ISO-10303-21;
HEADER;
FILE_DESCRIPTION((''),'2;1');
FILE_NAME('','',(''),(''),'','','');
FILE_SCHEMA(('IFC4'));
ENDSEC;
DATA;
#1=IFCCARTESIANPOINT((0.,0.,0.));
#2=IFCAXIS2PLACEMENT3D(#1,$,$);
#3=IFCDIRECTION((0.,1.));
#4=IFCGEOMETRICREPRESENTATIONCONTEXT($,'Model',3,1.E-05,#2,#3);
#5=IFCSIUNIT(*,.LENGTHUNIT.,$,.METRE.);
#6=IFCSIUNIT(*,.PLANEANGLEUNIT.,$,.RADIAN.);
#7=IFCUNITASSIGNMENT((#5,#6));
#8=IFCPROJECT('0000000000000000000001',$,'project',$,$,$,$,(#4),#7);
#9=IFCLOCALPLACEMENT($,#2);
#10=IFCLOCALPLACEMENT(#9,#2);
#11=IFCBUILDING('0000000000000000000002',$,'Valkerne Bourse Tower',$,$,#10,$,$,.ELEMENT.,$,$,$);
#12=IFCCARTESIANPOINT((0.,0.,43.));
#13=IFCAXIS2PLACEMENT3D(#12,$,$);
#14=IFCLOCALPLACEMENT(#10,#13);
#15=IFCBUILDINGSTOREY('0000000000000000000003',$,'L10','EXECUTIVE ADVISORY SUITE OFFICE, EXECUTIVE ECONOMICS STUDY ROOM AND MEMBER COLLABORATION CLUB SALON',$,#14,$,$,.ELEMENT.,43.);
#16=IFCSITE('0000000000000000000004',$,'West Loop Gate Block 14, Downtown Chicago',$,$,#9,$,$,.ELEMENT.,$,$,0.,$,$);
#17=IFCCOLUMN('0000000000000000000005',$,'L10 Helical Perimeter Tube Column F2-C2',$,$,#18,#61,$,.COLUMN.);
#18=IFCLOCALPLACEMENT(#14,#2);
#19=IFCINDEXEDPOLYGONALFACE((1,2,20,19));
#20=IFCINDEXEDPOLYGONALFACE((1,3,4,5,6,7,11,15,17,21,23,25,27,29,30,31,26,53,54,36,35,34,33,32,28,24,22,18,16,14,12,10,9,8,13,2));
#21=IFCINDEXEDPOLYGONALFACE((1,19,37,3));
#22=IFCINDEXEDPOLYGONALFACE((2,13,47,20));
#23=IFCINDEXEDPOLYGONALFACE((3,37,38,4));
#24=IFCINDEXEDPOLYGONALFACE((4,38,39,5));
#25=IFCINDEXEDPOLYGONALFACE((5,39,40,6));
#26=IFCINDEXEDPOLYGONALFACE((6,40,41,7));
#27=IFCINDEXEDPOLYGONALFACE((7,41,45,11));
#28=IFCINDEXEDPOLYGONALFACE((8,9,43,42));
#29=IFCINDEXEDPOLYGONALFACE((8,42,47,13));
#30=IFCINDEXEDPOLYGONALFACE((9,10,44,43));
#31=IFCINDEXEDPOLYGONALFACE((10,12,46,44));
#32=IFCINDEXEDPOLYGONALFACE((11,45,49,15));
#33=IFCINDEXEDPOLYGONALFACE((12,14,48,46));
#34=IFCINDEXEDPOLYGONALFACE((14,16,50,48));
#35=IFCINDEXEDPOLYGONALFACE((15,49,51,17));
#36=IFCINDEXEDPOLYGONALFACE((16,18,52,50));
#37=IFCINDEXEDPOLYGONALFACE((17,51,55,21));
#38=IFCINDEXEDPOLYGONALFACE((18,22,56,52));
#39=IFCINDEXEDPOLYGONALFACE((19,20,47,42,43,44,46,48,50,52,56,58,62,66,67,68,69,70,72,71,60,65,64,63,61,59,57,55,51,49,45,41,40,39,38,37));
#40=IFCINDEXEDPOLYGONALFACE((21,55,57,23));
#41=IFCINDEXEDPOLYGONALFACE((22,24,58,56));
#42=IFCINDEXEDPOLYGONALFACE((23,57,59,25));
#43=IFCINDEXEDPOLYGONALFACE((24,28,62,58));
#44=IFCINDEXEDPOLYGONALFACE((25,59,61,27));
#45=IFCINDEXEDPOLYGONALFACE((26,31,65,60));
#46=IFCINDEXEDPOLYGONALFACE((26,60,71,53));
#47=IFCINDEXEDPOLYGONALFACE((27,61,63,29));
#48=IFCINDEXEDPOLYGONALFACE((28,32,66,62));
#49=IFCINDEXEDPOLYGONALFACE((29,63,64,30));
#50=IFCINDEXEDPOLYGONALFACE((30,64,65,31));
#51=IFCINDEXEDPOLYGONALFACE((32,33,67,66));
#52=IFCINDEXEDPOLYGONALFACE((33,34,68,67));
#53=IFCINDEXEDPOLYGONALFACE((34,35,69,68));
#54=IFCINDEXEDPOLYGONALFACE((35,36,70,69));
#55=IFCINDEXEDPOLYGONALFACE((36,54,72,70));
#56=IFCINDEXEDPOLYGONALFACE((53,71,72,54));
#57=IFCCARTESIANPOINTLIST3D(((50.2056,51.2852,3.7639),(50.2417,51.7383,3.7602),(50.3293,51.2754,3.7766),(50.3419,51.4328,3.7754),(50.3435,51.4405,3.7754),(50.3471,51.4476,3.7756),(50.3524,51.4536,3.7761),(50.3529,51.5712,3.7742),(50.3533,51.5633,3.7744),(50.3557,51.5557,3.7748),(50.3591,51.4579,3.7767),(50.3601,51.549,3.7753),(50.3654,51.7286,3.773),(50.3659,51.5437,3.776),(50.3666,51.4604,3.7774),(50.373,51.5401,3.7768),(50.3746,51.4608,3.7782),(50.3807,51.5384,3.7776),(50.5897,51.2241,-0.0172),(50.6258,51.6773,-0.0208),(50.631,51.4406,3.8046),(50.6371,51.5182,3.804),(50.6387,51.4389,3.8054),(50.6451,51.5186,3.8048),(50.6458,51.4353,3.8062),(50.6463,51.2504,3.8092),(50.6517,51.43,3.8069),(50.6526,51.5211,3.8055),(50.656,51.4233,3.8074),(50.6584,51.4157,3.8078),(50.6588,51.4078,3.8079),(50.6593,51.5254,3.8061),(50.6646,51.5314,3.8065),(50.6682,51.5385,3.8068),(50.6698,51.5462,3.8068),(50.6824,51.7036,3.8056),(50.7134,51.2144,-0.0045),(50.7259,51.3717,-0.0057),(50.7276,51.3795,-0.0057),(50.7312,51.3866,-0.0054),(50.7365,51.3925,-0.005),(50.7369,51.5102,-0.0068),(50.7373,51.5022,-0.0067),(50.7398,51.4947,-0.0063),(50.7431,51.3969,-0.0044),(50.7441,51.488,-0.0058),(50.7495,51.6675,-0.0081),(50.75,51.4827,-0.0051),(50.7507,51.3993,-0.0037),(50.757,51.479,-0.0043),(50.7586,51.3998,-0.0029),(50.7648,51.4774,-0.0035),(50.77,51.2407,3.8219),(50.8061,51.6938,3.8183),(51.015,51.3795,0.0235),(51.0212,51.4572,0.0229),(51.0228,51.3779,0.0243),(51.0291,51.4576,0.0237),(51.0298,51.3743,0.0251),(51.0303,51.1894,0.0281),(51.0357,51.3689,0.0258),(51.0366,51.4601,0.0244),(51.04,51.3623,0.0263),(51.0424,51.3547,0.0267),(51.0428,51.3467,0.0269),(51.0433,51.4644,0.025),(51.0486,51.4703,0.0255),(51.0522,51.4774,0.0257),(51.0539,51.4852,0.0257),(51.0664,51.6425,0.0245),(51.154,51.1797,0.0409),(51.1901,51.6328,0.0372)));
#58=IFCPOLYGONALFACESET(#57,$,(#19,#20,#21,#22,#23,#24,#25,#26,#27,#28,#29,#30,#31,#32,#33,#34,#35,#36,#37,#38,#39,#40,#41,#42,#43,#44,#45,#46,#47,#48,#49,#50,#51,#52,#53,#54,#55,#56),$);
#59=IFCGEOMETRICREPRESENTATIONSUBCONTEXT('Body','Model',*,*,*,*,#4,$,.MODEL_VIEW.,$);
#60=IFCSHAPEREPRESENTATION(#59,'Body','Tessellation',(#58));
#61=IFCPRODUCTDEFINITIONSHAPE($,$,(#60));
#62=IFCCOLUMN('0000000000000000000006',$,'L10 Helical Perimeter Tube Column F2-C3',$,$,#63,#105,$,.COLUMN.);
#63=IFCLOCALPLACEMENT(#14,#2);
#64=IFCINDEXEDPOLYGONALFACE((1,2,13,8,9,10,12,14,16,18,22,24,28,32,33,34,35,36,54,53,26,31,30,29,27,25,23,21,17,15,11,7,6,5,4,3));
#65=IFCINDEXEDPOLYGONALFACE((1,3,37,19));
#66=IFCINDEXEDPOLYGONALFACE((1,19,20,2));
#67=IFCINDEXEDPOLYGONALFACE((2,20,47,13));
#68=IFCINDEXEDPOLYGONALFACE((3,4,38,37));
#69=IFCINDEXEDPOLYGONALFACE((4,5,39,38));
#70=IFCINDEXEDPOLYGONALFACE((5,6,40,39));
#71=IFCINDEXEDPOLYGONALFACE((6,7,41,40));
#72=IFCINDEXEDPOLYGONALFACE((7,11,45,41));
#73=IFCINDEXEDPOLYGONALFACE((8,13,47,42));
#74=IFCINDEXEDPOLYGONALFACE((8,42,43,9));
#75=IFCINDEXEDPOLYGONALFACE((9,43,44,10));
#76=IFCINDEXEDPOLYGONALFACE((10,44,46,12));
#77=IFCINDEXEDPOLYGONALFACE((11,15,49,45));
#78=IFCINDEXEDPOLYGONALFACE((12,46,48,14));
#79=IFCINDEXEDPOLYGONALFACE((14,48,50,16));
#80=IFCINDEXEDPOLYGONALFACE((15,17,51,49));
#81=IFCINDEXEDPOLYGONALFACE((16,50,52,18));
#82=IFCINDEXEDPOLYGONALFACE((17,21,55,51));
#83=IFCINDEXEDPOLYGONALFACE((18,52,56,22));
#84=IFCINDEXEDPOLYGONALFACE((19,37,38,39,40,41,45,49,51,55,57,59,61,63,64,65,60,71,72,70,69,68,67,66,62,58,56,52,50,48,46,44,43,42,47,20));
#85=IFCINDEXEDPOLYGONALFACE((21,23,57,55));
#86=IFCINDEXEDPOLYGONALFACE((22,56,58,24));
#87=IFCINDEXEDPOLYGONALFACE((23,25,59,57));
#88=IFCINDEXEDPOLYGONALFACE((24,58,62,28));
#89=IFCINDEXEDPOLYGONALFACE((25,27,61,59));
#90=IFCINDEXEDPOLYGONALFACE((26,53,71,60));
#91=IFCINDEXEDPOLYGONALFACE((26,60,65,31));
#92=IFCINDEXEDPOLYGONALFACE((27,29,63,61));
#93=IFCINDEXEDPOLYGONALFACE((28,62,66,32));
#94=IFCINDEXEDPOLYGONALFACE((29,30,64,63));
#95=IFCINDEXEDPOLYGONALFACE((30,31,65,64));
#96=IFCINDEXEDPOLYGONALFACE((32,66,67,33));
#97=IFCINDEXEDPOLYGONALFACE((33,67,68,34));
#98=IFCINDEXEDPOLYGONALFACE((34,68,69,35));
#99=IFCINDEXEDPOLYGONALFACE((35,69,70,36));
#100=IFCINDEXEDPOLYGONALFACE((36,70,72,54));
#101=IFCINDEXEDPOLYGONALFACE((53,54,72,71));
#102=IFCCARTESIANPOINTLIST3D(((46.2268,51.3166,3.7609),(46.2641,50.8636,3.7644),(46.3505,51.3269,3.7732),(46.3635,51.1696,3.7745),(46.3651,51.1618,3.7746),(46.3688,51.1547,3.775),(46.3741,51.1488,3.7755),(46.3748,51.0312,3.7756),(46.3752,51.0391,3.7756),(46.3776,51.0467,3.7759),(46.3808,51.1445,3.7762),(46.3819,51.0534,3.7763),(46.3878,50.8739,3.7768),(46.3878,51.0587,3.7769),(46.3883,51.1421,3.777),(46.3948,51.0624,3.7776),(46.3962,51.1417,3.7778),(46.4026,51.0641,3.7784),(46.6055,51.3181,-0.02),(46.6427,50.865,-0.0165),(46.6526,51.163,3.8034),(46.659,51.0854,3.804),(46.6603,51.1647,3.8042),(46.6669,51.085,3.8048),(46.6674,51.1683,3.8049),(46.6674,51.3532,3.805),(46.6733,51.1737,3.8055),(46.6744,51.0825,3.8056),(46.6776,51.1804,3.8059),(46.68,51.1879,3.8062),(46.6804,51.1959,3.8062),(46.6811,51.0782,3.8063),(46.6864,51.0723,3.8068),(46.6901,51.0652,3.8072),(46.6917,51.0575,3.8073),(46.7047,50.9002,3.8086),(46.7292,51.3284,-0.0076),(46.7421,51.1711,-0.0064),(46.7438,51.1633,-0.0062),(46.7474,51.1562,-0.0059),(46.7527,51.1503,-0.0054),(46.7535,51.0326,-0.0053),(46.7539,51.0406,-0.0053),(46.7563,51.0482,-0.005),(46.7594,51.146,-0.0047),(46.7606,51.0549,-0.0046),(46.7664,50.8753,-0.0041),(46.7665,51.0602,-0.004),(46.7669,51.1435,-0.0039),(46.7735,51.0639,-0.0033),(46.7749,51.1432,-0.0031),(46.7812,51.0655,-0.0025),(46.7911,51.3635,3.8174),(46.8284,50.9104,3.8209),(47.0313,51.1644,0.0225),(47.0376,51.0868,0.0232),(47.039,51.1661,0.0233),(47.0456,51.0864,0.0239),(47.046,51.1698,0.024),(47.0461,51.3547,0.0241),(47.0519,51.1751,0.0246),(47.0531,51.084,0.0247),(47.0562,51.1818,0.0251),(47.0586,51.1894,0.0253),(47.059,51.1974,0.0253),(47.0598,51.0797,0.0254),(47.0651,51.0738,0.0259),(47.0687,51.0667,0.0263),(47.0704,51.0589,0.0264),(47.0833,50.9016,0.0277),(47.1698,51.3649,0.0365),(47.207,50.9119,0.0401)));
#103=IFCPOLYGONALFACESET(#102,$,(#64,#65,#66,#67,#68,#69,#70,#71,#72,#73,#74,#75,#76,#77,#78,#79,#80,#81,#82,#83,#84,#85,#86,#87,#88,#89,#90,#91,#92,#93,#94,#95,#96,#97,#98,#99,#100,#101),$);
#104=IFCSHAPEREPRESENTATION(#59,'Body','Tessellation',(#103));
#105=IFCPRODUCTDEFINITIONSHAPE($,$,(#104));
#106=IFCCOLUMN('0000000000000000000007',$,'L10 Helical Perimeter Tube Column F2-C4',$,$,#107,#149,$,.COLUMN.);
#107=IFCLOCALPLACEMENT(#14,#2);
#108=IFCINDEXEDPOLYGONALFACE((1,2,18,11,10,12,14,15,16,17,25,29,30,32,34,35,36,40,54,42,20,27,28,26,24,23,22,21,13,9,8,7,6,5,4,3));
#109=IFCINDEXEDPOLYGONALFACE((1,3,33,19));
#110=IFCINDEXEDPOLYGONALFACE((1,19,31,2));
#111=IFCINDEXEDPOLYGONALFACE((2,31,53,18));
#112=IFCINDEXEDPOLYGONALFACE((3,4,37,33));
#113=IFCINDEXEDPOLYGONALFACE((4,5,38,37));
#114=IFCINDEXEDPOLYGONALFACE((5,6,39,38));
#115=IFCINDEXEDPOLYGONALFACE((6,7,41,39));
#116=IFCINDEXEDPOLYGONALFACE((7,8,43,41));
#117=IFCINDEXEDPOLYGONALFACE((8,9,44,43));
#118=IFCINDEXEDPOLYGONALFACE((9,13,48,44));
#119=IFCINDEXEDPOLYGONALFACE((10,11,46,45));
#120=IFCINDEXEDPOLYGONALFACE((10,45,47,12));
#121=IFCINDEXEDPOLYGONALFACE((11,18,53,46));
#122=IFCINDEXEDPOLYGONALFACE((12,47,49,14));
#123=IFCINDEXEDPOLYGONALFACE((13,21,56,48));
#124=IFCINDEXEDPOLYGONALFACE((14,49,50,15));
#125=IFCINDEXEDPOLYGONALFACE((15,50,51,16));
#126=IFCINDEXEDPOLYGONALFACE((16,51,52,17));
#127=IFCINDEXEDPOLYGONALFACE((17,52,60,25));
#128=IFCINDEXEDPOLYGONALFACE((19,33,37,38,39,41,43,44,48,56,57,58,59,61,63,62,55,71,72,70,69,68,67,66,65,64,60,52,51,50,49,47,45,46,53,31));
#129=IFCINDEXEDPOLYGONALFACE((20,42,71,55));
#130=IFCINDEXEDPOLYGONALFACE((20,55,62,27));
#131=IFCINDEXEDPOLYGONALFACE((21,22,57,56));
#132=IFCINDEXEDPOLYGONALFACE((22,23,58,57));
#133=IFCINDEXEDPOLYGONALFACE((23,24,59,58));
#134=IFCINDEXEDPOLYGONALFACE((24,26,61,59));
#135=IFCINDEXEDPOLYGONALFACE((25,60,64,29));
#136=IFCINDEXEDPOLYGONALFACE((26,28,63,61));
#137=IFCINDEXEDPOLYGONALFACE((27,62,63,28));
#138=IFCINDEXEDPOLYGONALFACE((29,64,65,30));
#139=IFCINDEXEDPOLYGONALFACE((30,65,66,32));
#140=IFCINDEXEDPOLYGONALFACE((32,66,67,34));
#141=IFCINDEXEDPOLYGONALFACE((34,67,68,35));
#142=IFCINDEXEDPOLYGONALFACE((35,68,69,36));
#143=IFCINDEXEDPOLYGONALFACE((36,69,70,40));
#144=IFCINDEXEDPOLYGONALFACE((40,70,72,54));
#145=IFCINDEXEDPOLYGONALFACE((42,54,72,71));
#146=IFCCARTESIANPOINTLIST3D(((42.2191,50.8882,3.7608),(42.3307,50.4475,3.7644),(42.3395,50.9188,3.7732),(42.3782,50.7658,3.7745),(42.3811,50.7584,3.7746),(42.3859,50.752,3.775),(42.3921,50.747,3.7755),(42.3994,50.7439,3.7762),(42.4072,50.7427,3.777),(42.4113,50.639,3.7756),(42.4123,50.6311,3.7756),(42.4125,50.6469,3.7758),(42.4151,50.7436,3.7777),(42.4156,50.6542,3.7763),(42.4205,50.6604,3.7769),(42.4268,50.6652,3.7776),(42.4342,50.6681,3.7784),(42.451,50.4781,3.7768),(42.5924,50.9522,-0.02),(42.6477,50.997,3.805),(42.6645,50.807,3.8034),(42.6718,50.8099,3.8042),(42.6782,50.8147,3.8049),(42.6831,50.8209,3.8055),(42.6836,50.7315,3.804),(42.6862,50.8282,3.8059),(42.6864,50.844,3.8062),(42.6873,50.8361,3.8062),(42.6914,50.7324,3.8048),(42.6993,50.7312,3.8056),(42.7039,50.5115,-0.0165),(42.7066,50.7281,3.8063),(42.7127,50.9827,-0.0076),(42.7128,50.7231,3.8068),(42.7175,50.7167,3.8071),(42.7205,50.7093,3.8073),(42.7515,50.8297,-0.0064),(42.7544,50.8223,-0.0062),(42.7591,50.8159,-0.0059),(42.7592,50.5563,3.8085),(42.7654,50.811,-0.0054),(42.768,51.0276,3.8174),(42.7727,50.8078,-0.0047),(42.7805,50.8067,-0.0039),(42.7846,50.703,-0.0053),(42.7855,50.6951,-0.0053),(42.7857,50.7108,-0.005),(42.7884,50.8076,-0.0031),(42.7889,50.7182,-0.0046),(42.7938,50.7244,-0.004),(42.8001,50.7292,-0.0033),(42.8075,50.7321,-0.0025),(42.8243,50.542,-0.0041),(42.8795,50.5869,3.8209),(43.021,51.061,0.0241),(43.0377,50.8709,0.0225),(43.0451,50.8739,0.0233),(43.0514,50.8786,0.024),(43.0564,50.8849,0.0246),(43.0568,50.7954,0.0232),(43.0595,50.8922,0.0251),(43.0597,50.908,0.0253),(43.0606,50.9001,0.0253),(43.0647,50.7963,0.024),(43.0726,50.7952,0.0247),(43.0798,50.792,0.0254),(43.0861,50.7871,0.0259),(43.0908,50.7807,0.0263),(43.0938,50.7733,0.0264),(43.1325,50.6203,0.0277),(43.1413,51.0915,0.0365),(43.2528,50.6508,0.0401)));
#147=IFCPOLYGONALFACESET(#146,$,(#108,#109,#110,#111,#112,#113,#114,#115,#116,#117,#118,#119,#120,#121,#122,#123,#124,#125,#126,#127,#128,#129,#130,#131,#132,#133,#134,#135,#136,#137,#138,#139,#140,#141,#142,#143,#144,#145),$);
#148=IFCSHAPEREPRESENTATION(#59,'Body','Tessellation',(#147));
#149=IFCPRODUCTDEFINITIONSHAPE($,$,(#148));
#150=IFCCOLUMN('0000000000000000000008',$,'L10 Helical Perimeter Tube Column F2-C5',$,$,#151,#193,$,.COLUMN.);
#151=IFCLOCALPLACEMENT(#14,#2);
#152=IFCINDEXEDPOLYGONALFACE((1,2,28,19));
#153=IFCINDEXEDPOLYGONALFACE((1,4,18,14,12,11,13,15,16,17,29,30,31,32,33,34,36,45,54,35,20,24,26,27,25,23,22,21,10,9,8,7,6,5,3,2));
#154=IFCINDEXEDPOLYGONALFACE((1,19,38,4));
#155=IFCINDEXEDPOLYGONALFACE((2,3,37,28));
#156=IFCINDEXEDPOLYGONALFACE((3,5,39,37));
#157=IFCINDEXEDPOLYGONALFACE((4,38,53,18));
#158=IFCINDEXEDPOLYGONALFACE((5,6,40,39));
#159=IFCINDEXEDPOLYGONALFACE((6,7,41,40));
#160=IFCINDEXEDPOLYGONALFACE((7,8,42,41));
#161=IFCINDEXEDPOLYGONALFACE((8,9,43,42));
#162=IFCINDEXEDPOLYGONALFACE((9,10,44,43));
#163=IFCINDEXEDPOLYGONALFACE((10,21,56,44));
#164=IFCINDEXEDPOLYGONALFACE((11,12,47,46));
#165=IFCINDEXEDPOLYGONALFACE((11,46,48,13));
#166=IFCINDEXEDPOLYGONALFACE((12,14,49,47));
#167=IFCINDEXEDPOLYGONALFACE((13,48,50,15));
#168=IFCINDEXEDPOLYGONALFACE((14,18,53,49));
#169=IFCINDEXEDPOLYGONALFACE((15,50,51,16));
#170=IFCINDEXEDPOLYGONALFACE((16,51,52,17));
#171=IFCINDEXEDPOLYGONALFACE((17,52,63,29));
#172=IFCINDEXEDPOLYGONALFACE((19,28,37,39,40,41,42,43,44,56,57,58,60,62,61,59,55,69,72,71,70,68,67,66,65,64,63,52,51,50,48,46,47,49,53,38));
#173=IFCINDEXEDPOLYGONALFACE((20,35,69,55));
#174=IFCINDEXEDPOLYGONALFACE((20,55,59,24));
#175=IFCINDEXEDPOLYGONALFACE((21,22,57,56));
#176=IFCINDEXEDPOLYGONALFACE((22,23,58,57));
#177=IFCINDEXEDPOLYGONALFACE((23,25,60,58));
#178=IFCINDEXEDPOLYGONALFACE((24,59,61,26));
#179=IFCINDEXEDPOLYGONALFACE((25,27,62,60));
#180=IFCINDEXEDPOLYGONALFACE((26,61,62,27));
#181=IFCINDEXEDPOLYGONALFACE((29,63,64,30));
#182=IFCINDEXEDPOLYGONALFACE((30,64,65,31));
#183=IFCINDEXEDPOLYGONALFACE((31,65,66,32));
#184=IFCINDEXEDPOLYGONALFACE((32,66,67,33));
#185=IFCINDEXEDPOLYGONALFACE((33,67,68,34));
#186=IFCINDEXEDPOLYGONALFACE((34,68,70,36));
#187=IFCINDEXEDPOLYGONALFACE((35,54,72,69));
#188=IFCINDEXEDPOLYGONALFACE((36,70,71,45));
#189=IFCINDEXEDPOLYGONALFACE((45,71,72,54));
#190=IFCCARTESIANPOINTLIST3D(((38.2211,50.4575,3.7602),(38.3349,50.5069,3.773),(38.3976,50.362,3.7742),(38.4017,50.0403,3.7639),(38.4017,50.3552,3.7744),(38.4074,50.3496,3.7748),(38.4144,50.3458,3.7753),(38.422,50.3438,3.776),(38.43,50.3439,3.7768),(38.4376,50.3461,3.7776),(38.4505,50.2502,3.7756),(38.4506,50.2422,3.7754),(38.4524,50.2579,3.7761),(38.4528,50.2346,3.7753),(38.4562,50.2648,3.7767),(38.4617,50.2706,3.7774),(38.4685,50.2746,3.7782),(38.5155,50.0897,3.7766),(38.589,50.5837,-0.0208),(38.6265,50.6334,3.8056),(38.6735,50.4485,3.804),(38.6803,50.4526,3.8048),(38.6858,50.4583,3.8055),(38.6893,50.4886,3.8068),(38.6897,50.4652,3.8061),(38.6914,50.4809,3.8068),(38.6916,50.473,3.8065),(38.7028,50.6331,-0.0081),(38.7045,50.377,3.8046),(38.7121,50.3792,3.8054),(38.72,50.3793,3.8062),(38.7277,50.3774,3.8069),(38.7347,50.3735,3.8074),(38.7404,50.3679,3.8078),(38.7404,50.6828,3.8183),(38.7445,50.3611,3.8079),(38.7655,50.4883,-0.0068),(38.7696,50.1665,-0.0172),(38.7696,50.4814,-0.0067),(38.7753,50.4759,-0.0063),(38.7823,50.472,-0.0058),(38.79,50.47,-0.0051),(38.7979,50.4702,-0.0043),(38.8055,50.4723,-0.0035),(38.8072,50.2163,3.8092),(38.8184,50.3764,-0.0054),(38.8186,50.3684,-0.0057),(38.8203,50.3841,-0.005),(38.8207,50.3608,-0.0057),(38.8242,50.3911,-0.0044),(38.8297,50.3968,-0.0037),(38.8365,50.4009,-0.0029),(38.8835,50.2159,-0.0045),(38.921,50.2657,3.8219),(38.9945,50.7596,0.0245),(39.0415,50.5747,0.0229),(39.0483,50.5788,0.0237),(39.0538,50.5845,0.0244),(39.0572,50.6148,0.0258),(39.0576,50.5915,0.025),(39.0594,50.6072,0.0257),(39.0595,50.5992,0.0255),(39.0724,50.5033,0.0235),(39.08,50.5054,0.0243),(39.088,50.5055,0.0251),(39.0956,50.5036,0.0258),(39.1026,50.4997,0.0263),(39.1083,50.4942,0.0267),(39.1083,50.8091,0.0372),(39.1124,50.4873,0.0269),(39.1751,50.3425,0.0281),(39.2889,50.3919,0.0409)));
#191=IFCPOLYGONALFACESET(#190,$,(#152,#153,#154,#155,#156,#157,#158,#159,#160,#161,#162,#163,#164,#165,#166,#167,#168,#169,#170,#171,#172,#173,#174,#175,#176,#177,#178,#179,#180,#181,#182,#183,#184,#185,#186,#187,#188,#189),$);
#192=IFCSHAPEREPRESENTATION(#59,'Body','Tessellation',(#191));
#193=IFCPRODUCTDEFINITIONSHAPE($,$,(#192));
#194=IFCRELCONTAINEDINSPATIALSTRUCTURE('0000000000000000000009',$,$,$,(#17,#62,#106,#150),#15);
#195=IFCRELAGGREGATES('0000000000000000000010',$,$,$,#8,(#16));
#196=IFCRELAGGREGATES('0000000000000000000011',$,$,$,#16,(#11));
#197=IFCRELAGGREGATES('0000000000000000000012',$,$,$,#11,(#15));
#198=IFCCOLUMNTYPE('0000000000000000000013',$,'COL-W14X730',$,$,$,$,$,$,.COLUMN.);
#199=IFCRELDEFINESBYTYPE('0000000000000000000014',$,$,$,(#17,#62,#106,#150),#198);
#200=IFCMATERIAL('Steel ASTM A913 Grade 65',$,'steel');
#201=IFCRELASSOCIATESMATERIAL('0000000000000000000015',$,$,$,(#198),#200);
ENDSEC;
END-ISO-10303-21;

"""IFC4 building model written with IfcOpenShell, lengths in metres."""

from ifc_helpers import new_model, si_unit, direction, frame, origin, origin_2d, place, context, subcontext, project, spatial, i_section, extrude, material, material_profile, profile_set, type_object, element, save


model = new_model("IFC4")

# Units and contexts
model_context = context("Model", 3, precision=1e-05, world=origin(), true_north=direction((0.0, 1.0)))
body_context = subcontext(model_context, "Body", "Model", "MODEL_VIEW")
ifc_project = project(units=[si_unit("LENGTHUNIT", "METRE"), si_unit("PLANEANGLEUNIT", "RADIAN")], contexts=[model_context])

# Site, building, storey
site_placement = place(None, origin())
site = spatial("IfcSite", under=ifc_project, at=site_placement, Name="West Loop Gate Block 14, Downtown Chicago", CompositionType="ELEMENT", RefElevation=0.0)
building_placement = place(site_placement, origin())
building = spatial("IfcBuilding", under=site, at=building_placement, Name="Valkerne Bourse Tower", CompositionType="ELEMENT")
storey_placement = place(building_placement, frame((0.0, 0.0, 43.0)))
storey = spatial("IfcBuildingStorey", under=building, at=storey_placement, Name="L10", Description="EXECUTIVE ADVISORY SUITE OFFICE, EXECUTIVE ECONOMICS STUDY ROOM AND MEMBER COLLABORATION CLUB SALON", CompositionType="ELEMENT", Elevation=43.0)

# Columns
ifc_material_1 = material(Name="Steel ASTM A913 Grade 65", Category="steel")
ifc_material_profile_1 = material_profile(ifc_material_1, i_section(OverallWidth=0.4546, OverallDepth=0.5691, WebThickness=0.0779, FlangeThickness=0.1248, FilletRadius=0.0305, at=origin_2d()), Name="W14X730")
ifc_profile_set_1 = profile_set([ifc_material_profile_1], Name="Steel ASTM A913 Grade 65")
column_type = type_object("IfcColumnType", Name="COL-W14X730", PredefinedType="COLUMN", material=ifc_profile_set_1)
column_1_placement = place(storey_placement, frame((50.8899, 51.4285, 0.01), z_axis=(-0.101036, 0.016058, 0.994753), x_axis=(0.079398, 0.996811, -0.008027)))
element("IfcColumn", 1, at=column_1_placement, inside=storey, type_object=column_type, Name="L10 Helical Perimeter Tube Column F2-C2", PredefinedType="COLUMN", context=body_context, shape_type="SweptSolid", body=[
    extrude(i_section(OverallWidth=0.4546, OverallDepth=0.5691, WebThickness=0.0779, FlangeThickness=0.1248, FilletRadius=0.0305, at=origin_2d()), origin(), (0.0, 0.0, 1.0), 3.801),
])
for number, where, z_axis, x_axis, name in (
    (2, (46.9062, 51.115, 0.01), (-0.09965, -0.000385, 0.995022), (-0.081924, 0.996608, -0.007819), "L10 Helical Perimeter Tube Column F2-C3"),
    (3, (42.9226, 50.8015, 0.01), (-0.098236, -0.016833, 0.995021), (-0.245319, 0.969411, -0.00782), "L10 Helical Perimeter Tube Column F2-C4"),
):
    element("IfcColumn", number, at=place(storey_placement, frame(where, z_axis=z_axis, x_axis=x_axis)), inside=storey, type_object=column_type, Name=name, PredefinedType="COLUMN", context=body_context, shape_type="SweptSolid", body=[
        extrude(i_section(OverallWidth=0.4546, OverallDepth=0.5691, WebThickness=0.0779, FlangeThickness=0.1248, FilletRadius=0.0305, at=origin_2d()), origin(), (0.0, 0.0, 1.0), 3.7998),
    ])
column_2_placement = place(storey_placement, frame((38.939, 50.4878, 0.01), z_axis=(-0.096797, -0.033208, 0.99475), x_axis=(-0.397324, 0.917643, -0.008029)))
element("IfcColumn", 4, at=column_2_placement, inside=storey, type_object=column_type, Name="L10 Helical Perimeter Tube Column F2-C5", PredefinedType="COLUMN", context=body_context, shape_type="SweptSolid", body=[
    extrude(i_section(OverallWidth=0.4546, OverallDepth=0.5691, WebThickness=0.0779, FlangeThickness=0.1248, FilletRadius=0.0305, at=origin_2d()), origin(), (0.0, 0.0, 1.0), 3.801),
])

save(model, "model.ifc")
